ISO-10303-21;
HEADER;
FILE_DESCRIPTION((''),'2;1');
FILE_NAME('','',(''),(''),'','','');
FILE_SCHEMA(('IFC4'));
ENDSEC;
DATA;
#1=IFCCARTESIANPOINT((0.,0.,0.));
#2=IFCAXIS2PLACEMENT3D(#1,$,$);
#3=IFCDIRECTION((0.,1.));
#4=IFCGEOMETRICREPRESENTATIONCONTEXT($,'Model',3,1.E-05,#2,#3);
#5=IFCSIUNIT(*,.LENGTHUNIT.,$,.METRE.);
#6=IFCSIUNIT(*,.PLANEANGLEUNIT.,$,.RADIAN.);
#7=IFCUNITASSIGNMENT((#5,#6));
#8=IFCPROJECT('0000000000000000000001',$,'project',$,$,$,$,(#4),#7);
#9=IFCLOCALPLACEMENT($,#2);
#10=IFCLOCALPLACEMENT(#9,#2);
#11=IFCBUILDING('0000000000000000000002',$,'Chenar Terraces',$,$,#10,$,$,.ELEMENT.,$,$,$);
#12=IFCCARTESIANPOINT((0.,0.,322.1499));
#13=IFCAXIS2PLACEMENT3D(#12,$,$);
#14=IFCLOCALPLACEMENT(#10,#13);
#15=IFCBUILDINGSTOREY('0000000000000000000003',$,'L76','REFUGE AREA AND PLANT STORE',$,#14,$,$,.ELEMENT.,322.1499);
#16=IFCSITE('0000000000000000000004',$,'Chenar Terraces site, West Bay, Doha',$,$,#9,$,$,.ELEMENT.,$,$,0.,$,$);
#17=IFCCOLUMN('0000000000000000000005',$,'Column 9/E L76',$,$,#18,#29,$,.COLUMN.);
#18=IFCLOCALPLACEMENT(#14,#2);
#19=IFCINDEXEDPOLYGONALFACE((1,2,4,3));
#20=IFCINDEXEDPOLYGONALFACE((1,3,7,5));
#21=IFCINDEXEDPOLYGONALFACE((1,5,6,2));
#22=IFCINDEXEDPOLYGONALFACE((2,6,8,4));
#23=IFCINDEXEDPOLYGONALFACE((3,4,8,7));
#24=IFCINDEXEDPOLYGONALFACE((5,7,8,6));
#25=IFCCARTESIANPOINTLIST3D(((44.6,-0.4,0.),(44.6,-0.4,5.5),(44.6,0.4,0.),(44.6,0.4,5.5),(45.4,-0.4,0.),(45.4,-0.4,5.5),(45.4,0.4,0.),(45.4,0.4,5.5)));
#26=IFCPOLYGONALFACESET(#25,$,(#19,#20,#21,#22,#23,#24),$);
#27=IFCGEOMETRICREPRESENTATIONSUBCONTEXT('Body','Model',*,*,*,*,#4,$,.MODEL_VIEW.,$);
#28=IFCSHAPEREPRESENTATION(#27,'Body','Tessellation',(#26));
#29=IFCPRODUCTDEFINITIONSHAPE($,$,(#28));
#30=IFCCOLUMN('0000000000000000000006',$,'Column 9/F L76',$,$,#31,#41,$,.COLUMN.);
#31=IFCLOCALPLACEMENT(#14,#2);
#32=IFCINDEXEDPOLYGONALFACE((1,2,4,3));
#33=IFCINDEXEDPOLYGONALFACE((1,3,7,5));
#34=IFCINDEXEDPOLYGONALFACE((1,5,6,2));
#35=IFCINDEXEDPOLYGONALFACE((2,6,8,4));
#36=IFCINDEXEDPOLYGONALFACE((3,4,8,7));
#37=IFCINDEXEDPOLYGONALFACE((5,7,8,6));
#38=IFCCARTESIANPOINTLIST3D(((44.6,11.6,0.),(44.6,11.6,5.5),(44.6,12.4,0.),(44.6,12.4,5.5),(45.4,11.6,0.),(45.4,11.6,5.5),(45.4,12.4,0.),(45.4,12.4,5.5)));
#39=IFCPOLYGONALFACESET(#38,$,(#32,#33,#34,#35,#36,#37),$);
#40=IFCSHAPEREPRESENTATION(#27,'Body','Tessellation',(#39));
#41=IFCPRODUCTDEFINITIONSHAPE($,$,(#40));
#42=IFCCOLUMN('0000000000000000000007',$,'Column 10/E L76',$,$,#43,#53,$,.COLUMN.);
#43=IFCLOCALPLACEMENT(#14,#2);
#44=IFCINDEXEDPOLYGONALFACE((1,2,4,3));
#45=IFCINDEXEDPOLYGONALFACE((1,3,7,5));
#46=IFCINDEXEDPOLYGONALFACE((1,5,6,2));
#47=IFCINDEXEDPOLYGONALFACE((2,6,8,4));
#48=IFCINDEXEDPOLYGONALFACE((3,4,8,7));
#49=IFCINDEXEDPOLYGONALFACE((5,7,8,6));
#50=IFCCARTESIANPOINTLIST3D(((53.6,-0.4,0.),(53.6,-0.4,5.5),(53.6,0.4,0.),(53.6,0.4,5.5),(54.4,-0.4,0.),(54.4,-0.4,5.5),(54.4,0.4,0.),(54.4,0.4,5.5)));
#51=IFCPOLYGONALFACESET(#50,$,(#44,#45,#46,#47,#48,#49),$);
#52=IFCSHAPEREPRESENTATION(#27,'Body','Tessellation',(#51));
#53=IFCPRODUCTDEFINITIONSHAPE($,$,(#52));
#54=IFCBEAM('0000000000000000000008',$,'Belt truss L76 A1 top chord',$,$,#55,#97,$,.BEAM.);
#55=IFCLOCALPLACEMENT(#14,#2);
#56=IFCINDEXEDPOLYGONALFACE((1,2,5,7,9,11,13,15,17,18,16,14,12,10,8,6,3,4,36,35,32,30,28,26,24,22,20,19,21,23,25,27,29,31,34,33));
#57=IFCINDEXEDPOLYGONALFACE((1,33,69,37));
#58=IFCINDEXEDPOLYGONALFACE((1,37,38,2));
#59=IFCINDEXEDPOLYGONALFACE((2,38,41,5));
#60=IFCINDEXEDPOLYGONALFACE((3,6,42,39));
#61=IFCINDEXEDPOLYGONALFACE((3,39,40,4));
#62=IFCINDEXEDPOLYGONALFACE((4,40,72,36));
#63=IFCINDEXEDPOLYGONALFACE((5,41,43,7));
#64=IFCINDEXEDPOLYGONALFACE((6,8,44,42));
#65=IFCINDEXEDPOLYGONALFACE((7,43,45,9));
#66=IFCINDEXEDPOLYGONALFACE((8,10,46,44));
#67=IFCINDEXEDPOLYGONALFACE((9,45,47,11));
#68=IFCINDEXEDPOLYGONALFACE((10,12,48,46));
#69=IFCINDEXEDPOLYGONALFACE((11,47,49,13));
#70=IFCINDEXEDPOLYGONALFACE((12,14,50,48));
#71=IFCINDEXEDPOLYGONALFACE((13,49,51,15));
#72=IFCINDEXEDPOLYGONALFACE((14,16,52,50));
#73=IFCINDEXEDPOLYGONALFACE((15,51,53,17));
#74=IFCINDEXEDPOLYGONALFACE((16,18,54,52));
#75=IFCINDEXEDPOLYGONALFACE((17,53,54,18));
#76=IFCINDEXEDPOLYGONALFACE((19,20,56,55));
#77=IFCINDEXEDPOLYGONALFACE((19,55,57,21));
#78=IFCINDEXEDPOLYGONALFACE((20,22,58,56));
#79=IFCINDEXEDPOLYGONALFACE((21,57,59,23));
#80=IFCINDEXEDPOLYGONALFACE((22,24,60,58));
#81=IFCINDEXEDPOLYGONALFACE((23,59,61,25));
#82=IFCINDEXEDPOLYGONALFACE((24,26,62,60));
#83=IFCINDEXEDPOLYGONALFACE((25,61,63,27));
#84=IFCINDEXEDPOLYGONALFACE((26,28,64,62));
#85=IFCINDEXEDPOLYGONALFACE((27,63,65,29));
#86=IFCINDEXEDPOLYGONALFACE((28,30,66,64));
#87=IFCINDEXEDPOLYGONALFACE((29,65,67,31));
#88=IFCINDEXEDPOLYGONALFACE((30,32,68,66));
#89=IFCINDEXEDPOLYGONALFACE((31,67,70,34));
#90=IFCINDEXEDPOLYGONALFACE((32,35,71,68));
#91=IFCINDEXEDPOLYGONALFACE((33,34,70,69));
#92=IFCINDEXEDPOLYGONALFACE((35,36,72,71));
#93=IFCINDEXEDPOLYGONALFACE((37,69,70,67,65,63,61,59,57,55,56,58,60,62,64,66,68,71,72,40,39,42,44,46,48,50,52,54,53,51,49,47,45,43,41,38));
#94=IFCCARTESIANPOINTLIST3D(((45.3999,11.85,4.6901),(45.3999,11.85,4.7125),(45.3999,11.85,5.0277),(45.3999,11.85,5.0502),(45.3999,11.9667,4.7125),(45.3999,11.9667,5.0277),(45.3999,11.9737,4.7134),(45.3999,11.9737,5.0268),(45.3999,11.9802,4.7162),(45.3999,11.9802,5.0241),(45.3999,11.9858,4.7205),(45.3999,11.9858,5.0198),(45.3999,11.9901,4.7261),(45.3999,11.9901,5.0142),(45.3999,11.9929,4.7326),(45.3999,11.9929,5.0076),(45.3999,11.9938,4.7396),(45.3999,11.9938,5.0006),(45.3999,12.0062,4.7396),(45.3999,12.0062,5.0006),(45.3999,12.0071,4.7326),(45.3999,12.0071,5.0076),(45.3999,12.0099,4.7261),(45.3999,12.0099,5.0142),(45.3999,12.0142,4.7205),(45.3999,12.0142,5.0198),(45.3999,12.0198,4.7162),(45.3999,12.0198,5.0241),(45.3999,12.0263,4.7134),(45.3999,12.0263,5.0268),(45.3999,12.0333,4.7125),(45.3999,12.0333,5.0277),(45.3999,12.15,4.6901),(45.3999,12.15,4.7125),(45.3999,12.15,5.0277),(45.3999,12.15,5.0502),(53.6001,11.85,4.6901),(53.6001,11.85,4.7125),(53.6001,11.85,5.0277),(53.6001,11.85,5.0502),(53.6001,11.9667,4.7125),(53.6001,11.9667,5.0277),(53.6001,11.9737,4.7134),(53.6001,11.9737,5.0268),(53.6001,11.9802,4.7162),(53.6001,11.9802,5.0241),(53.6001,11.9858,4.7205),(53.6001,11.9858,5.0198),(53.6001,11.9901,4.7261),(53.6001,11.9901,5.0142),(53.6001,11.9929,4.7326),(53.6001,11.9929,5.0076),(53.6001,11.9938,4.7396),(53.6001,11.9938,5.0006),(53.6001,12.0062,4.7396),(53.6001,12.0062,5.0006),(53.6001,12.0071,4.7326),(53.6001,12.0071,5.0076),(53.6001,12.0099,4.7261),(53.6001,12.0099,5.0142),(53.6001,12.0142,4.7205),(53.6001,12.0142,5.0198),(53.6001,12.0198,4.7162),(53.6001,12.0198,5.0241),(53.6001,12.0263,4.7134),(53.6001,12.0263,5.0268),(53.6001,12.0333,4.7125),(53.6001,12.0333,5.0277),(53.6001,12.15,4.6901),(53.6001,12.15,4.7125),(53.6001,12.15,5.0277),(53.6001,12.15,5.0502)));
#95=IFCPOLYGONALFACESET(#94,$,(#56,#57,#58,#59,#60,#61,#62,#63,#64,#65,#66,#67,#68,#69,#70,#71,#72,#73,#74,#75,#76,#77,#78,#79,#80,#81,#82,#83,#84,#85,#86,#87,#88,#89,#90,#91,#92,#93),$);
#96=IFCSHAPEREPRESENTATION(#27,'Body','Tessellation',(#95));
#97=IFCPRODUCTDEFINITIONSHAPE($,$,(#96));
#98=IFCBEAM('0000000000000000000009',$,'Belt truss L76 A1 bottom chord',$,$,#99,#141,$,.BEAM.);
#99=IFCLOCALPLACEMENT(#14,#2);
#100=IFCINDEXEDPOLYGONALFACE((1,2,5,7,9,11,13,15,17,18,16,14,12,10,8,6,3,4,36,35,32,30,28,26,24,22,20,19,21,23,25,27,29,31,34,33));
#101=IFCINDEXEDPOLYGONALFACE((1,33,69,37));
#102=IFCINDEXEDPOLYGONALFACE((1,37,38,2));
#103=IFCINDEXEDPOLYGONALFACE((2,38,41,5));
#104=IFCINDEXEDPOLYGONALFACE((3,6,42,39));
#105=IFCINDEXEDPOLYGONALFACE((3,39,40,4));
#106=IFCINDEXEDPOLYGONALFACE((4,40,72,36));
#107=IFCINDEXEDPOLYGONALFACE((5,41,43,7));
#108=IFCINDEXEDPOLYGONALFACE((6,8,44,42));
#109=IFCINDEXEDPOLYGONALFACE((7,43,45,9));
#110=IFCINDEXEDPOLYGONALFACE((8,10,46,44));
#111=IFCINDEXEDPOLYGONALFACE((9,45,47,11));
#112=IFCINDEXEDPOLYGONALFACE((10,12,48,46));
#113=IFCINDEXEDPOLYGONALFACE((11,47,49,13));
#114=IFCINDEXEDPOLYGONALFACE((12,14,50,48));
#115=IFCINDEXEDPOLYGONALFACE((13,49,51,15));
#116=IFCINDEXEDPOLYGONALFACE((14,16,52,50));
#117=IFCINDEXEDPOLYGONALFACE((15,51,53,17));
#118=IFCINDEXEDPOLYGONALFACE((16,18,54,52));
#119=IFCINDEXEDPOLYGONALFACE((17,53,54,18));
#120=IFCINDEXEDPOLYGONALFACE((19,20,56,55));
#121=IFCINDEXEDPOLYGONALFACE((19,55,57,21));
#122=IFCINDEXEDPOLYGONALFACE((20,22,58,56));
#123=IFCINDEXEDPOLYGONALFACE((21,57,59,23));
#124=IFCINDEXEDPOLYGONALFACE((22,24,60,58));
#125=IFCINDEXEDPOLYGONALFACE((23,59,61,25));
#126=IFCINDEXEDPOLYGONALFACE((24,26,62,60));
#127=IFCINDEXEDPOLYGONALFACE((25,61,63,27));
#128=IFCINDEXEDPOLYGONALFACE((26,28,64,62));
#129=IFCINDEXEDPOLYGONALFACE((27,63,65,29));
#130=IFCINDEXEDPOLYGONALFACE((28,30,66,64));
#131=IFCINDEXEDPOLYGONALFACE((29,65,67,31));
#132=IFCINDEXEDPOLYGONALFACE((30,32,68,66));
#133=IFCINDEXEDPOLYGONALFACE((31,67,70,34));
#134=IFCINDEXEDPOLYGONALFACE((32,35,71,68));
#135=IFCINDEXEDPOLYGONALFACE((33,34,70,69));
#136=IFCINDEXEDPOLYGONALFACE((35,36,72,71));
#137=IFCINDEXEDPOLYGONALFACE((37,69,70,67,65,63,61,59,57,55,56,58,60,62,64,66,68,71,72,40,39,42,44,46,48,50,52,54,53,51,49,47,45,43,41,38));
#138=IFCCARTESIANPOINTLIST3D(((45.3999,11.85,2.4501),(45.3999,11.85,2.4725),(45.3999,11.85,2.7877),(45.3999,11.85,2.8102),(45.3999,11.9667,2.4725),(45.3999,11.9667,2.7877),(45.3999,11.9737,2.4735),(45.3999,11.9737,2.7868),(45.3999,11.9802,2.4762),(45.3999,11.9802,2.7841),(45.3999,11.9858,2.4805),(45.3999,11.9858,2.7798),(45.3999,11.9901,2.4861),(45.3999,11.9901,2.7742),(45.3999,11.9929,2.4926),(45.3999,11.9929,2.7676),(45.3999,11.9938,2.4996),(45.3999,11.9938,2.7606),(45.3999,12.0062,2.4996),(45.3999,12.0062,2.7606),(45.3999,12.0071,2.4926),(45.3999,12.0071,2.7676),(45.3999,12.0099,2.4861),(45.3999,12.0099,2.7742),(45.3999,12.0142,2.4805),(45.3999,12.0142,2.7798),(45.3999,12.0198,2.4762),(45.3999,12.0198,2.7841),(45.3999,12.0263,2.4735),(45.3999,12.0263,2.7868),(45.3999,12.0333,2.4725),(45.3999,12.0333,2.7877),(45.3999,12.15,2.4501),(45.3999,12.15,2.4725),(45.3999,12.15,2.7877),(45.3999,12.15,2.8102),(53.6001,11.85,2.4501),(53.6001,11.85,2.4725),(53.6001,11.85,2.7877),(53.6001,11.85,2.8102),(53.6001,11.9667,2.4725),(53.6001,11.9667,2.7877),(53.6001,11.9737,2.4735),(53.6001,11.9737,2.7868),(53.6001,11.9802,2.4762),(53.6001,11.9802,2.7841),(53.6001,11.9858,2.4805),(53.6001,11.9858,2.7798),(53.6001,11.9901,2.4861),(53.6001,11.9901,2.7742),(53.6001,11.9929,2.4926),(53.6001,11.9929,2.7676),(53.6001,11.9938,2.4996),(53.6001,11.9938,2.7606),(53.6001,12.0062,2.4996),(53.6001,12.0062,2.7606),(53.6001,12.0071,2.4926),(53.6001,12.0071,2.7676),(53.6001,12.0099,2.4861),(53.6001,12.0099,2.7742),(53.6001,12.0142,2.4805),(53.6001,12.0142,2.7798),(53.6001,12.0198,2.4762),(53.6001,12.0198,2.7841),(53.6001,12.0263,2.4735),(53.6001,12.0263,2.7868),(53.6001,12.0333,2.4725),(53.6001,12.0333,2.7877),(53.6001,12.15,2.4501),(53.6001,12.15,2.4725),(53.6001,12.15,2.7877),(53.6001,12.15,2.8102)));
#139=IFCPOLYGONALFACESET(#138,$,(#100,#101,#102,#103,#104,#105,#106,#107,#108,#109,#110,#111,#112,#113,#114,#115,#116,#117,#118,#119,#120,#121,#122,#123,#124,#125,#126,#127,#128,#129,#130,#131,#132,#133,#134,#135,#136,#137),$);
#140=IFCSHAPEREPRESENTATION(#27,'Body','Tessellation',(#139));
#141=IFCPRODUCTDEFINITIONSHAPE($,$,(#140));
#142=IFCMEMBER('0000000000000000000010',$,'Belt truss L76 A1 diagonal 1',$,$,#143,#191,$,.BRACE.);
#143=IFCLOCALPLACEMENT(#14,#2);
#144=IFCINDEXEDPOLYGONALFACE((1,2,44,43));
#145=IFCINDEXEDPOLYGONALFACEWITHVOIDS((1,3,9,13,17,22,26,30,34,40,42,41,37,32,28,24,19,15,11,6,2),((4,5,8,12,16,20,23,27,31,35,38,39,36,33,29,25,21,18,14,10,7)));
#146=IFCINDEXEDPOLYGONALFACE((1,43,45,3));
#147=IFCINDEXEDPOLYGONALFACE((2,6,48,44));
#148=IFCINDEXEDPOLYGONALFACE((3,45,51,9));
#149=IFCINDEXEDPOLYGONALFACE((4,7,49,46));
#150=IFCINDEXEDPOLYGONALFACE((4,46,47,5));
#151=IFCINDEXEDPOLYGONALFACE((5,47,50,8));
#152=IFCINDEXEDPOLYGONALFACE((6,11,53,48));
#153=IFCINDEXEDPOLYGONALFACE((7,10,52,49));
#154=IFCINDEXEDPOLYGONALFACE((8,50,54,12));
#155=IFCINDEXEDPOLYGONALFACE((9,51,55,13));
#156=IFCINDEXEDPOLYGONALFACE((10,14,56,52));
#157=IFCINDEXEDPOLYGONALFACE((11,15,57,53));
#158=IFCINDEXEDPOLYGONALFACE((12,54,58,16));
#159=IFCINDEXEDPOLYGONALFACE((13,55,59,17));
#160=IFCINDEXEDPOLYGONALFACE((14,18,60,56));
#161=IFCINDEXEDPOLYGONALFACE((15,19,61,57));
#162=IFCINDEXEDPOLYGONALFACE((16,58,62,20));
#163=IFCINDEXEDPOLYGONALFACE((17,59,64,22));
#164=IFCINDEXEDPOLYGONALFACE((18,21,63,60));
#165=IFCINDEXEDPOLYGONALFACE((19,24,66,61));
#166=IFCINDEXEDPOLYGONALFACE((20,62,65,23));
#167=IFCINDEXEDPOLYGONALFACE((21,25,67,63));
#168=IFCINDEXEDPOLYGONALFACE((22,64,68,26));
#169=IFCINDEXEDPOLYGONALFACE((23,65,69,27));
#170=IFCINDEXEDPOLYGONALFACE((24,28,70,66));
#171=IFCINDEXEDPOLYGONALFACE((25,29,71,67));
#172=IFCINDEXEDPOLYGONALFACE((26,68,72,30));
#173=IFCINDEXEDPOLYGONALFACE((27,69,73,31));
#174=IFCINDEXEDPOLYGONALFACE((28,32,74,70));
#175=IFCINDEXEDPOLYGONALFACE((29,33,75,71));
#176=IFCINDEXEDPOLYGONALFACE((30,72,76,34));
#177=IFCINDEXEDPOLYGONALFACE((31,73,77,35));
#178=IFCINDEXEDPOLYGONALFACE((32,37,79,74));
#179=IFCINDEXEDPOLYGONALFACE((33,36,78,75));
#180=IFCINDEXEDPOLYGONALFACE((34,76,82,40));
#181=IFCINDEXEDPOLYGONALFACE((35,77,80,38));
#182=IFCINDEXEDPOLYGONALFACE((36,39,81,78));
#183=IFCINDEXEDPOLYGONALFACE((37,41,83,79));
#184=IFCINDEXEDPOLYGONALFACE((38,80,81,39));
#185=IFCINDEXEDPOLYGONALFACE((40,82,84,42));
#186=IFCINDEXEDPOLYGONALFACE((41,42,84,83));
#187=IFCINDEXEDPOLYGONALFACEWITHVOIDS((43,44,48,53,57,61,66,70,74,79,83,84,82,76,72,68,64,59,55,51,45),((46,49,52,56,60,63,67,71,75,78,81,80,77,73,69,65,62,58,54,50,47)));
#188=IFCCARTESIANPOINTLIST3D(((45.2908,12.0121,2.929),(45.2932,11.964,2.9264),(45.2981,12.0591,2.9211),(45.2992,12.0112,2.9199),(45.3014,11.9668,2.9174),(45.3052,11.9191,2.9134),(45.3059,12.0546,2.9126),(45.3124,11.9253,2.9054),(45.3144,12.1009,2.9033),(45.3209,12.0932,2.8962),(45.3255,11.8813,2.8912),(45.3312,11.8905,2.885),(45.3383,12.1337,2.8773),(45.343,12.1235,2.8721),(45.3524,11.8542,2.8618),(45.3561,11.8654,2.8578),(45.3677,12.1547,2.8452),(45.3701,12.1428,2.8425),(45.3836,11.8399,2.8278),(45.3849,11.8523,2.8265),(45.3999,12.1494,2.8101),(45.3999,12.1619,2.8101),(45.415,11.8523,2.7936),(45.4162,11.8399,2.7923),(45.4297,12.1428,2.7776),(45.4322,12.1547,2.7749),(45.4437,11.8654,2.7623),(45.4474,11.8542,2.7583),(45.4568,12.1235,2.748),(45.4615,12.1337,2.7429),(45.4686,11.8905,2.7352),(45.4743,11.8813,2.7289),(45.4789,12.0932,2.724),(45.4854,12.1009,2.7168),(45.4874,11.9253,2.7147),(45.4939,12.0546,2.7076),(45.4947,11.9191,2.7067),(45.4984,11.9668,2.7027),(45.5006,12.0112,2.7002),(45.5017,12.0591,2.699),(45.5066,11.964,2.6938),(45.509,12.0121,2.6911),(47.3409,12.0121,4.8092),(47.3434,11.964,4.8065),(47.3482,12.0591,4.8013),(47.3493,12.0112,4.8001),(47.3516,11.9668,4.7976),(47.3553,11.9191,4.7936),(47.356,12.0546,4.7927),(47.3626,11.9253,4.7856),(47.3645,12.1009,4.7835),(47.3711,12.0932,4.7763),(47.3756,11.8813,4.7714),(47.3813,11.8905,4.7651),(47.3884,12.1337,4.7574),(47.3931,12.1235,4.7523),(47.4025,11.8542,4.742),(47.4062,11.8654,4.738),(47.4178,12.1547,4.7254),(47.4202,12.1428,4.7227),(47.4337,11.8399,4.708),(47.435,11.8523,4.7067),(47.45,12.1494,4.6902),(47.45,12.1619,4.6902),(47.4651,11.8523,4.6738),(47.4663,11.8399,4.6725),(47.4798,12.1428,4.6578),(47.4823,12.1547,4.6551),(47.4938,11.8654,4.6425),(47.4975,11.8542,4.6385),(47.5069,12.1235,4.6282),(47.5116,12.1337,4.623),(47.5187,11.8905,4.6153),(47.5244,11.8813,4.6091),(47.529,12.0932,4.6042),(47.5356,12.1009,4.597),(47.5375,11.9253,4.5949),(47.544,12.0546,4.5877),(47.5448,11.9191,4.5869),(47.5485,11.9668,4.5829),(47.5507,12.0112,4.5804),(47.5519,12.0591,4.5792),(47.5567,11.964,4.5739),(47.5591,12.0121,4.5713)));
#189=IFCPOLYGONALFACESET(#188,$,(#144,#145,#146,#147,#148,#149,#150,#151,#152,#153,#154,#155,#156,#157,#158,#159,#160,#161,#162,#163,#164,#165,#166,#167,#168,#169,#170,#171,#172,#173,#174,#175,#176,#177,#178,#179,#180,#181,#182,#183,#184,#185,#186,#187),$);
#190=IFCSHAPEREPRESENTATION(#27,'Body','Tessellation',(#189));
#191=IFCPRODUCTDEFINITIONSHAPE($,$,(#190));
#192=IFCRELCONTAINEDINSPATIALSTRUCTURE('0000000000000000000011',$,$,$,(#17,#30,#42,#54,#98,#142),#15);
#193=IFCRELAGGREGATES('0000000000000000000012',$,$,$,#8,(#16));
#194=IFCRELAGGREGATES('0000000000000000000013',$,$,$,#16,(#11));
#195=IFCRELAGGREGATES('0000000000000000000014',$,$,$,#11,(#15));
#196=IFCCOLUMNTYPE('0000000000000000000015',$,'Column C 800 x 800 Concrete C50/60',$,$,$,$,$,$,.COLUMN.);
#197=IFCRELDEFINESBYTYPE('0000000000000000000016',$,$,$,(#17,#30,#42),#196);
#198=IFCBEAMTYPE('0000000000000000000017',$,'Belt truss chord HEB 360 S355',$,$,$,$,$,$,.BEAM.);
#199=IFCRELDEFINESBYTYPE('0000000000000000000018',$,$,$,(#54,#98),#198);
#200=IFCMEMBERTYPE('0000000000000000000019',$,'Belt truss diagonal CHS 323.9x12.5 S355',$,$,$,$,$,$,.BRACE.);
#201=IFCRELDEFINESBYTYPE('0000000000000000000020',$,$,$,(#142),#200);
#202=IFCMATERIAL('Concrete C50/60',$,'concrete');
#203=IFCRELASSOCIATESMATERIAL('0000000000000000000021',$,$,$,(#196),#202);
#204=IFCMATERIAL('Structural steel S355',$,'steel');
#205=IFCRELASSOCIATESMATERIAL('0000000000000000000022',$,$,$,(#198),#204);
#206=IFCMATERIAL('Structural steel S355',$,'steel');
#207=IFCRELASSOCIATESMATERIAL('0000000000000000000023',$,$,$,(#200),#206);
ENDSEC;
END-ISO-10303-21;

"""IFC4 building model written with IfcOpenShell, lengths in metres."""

from ifc_helpers import new_model, si_unit, direction, frame, origin, origin_2d, place, context, subcontext, project, spatial, rectangle, hollow_circle, i_section, extrude, material, material_profile, profile_set, type_object, element, save


model = new_model("IFC4")

# Units and contexts
model_context = context("Model", 3, precision=1e-05, world=origin(), true_north=direction((0.0, 1.0)))
body_context = subcontext(model_context, "Body", "Model", "MODEL_VIEW")
ifc_project = project(units=[si_unit("LENGTHUNIT", "METRE"), si_unit("PLANEANGLEUNIT", "RADIAN")], contexts=[model_context])

# Site, building, storey
site_placement = place(None, origin())
site = spatial("IfcSite", under=ifc_project, at=site_placement, Name="Chenar Terraces site, West Bay, Doha", CompositionType="ELEMENT", RefElevation=0.0)
building_placement = place(site_placement, origin())
building = spatial("IfcBuilding", under=site, at=building_placement, Name="Chenar Terraces", CompositionType="ELEMENT")
storey_placement = place(building_placement, frame((0.0, 0.0, 322.1499)))
storey = spatial("IfcBuildingStorey", under=building, at=storey_placement, Name="L76", Description="REFUGE AREA AND PLANT STORE", CompositionType="ELEMENT", Elevation=322.1499)

# Columns
ifc_material_1 = material(Name="Concrete C50/60", Category="concrete")
ifc_material_profile_1 = material_profile(ifc_material_1, rectangle(XDim=0.8, YDim=0.8, at=origin_2d()), Name="C 800 x 800")
ifc_profile_set_1 = profile_set([ifc_material_profile_1], Name="Concrete C50/60")
column_type = type_object("IfcColumnType", Name="Column C 800 x 800 Concrete C50/60", PredefinedType="COLUMN", material=ifc_profile_set_1)
for number, where, z_axis, x_axis, name in (
    (1, (45.0, 0.0, 0.0), (0.0, 0.0, 1.0), (1.0, 0.0, 0.0), "Column 9/E L76"),
    (2, (45.0, 12.0, 0.0), (0.0, 0.0, 1.0), (1.0, 0.0, 0.0), "Column 9/F L76"),
    (3, (54.0, 0.0, 0.0), (0.0, 0.0, 1.0), (1.0, 0.0, 0.0), "Column 10/E L76"),
):
    element("IfcColumn", number, at=place(storey_placement, frame(where, z_axis=z_axis, x_axis=x_axis)), inside=storey, type_object=column_type, Name=name, PredefinedType="COLUMN", context=body_context, shape_type="SweptSolid", body=[
        extrude(rectangle(XDim=0.8, YDim=0.8, at=origin_2d()), origin(), (0.0, 0.0, 1.0), 5.5),
    ])

# Beams
ifc_material_2 = material(Name="Structural steel S355", Category="steel")
ifc_material_profile_2 = material_profile(ifc_material_2, i_section(OverallWidth=0.3, OverallDepth=0.3601, WebThickness=0.0125, FlangeThickness=0.0225, FilletRadius=0.0271, at=origin_2d()), Name="HEB 360")
ifc_profile_set_2 = profile_set([ifc_material_profile_2], Name="Structural steel S355")
beam_type = type_object("IfcBeamType", Name="Belt truss chord HEB 360 S355", PredefinedType="BEAM", material=ifc_profile_set_2)
for number, where, z_axis, x_axis, name in (
    (4, (45.3999, 12.0, 4.8701), (1.0, 0.0, 0.0), (0.0, 1.0, 0.0), "Belt truss L76 A1 top chord"),
    (5, (45.3999, 12.0, 2.6301), (1.0, 0.0, 0.0), (0.0, 1.0, 0.0), "Belt truss L76 A1 bottom chord"),
):
    element("IfcBeam", number, at=place(storey_placement, frame(where, z_axis=z_axis, x_axis=x_axis)), inside=storey, type_object=beam_type, Name=name, PredefinedType="BEAM", context=body_context, shape_type="SweptSolid", body=[
        extrude(i_section(OverallWidth=0.3, OverallDepth=0.3601, WebThickness=0.0125, FlangeThickness=0.0225, FilletRadius=0.0271, at=origin_2d()), origin(), (0.0, 0.0, 1.0), 8.2002),
    ])

# Member
ifc_material_3 = material(Name="Structural steel S355", Category="steel")
ifc_material_profile_3 = material_profile(ifc_material_3, hollow_circle(Radius=0.1619, WallThickness=0.0125, at=origin_2d()), Name="CHS 323.9x12.5")
ifc_profile_set_3 = profile_set([ifc_material_profile_3], Name="Structural steel S355")
member_type = type_object("IfcMemberType", Name="Belt truss diagonal CHS 323.9x12.5 S355", PredefinedType="BRACE", material=ifc_profile_set_3)
for number, where, z_axis, x_axis, name in (
    (6, (45.3999, 12.0, 2.8101), (0.73699, 0.0, 0.675903), (0.0, 1.0, 0.0), "Belt truss L76 A1 diagonal 1"),
):
    element("IfcMember", number, at=place(storey_placement, frame(where, z_axis=z_axis, x_axis=x_axis)), inside=storey, type_object=member_type, Name=name, PredefinedType="BRACE", context=body_context, shape_type="SweptSolid", body=[
        extrude(hollow_circle(Radius=0.1619, WallThickness=0.0125, at=origin_2d()), origin(), (0.0, 0.0, 1.0), 2.7817),
    ])

save(model, "model.ifc")
